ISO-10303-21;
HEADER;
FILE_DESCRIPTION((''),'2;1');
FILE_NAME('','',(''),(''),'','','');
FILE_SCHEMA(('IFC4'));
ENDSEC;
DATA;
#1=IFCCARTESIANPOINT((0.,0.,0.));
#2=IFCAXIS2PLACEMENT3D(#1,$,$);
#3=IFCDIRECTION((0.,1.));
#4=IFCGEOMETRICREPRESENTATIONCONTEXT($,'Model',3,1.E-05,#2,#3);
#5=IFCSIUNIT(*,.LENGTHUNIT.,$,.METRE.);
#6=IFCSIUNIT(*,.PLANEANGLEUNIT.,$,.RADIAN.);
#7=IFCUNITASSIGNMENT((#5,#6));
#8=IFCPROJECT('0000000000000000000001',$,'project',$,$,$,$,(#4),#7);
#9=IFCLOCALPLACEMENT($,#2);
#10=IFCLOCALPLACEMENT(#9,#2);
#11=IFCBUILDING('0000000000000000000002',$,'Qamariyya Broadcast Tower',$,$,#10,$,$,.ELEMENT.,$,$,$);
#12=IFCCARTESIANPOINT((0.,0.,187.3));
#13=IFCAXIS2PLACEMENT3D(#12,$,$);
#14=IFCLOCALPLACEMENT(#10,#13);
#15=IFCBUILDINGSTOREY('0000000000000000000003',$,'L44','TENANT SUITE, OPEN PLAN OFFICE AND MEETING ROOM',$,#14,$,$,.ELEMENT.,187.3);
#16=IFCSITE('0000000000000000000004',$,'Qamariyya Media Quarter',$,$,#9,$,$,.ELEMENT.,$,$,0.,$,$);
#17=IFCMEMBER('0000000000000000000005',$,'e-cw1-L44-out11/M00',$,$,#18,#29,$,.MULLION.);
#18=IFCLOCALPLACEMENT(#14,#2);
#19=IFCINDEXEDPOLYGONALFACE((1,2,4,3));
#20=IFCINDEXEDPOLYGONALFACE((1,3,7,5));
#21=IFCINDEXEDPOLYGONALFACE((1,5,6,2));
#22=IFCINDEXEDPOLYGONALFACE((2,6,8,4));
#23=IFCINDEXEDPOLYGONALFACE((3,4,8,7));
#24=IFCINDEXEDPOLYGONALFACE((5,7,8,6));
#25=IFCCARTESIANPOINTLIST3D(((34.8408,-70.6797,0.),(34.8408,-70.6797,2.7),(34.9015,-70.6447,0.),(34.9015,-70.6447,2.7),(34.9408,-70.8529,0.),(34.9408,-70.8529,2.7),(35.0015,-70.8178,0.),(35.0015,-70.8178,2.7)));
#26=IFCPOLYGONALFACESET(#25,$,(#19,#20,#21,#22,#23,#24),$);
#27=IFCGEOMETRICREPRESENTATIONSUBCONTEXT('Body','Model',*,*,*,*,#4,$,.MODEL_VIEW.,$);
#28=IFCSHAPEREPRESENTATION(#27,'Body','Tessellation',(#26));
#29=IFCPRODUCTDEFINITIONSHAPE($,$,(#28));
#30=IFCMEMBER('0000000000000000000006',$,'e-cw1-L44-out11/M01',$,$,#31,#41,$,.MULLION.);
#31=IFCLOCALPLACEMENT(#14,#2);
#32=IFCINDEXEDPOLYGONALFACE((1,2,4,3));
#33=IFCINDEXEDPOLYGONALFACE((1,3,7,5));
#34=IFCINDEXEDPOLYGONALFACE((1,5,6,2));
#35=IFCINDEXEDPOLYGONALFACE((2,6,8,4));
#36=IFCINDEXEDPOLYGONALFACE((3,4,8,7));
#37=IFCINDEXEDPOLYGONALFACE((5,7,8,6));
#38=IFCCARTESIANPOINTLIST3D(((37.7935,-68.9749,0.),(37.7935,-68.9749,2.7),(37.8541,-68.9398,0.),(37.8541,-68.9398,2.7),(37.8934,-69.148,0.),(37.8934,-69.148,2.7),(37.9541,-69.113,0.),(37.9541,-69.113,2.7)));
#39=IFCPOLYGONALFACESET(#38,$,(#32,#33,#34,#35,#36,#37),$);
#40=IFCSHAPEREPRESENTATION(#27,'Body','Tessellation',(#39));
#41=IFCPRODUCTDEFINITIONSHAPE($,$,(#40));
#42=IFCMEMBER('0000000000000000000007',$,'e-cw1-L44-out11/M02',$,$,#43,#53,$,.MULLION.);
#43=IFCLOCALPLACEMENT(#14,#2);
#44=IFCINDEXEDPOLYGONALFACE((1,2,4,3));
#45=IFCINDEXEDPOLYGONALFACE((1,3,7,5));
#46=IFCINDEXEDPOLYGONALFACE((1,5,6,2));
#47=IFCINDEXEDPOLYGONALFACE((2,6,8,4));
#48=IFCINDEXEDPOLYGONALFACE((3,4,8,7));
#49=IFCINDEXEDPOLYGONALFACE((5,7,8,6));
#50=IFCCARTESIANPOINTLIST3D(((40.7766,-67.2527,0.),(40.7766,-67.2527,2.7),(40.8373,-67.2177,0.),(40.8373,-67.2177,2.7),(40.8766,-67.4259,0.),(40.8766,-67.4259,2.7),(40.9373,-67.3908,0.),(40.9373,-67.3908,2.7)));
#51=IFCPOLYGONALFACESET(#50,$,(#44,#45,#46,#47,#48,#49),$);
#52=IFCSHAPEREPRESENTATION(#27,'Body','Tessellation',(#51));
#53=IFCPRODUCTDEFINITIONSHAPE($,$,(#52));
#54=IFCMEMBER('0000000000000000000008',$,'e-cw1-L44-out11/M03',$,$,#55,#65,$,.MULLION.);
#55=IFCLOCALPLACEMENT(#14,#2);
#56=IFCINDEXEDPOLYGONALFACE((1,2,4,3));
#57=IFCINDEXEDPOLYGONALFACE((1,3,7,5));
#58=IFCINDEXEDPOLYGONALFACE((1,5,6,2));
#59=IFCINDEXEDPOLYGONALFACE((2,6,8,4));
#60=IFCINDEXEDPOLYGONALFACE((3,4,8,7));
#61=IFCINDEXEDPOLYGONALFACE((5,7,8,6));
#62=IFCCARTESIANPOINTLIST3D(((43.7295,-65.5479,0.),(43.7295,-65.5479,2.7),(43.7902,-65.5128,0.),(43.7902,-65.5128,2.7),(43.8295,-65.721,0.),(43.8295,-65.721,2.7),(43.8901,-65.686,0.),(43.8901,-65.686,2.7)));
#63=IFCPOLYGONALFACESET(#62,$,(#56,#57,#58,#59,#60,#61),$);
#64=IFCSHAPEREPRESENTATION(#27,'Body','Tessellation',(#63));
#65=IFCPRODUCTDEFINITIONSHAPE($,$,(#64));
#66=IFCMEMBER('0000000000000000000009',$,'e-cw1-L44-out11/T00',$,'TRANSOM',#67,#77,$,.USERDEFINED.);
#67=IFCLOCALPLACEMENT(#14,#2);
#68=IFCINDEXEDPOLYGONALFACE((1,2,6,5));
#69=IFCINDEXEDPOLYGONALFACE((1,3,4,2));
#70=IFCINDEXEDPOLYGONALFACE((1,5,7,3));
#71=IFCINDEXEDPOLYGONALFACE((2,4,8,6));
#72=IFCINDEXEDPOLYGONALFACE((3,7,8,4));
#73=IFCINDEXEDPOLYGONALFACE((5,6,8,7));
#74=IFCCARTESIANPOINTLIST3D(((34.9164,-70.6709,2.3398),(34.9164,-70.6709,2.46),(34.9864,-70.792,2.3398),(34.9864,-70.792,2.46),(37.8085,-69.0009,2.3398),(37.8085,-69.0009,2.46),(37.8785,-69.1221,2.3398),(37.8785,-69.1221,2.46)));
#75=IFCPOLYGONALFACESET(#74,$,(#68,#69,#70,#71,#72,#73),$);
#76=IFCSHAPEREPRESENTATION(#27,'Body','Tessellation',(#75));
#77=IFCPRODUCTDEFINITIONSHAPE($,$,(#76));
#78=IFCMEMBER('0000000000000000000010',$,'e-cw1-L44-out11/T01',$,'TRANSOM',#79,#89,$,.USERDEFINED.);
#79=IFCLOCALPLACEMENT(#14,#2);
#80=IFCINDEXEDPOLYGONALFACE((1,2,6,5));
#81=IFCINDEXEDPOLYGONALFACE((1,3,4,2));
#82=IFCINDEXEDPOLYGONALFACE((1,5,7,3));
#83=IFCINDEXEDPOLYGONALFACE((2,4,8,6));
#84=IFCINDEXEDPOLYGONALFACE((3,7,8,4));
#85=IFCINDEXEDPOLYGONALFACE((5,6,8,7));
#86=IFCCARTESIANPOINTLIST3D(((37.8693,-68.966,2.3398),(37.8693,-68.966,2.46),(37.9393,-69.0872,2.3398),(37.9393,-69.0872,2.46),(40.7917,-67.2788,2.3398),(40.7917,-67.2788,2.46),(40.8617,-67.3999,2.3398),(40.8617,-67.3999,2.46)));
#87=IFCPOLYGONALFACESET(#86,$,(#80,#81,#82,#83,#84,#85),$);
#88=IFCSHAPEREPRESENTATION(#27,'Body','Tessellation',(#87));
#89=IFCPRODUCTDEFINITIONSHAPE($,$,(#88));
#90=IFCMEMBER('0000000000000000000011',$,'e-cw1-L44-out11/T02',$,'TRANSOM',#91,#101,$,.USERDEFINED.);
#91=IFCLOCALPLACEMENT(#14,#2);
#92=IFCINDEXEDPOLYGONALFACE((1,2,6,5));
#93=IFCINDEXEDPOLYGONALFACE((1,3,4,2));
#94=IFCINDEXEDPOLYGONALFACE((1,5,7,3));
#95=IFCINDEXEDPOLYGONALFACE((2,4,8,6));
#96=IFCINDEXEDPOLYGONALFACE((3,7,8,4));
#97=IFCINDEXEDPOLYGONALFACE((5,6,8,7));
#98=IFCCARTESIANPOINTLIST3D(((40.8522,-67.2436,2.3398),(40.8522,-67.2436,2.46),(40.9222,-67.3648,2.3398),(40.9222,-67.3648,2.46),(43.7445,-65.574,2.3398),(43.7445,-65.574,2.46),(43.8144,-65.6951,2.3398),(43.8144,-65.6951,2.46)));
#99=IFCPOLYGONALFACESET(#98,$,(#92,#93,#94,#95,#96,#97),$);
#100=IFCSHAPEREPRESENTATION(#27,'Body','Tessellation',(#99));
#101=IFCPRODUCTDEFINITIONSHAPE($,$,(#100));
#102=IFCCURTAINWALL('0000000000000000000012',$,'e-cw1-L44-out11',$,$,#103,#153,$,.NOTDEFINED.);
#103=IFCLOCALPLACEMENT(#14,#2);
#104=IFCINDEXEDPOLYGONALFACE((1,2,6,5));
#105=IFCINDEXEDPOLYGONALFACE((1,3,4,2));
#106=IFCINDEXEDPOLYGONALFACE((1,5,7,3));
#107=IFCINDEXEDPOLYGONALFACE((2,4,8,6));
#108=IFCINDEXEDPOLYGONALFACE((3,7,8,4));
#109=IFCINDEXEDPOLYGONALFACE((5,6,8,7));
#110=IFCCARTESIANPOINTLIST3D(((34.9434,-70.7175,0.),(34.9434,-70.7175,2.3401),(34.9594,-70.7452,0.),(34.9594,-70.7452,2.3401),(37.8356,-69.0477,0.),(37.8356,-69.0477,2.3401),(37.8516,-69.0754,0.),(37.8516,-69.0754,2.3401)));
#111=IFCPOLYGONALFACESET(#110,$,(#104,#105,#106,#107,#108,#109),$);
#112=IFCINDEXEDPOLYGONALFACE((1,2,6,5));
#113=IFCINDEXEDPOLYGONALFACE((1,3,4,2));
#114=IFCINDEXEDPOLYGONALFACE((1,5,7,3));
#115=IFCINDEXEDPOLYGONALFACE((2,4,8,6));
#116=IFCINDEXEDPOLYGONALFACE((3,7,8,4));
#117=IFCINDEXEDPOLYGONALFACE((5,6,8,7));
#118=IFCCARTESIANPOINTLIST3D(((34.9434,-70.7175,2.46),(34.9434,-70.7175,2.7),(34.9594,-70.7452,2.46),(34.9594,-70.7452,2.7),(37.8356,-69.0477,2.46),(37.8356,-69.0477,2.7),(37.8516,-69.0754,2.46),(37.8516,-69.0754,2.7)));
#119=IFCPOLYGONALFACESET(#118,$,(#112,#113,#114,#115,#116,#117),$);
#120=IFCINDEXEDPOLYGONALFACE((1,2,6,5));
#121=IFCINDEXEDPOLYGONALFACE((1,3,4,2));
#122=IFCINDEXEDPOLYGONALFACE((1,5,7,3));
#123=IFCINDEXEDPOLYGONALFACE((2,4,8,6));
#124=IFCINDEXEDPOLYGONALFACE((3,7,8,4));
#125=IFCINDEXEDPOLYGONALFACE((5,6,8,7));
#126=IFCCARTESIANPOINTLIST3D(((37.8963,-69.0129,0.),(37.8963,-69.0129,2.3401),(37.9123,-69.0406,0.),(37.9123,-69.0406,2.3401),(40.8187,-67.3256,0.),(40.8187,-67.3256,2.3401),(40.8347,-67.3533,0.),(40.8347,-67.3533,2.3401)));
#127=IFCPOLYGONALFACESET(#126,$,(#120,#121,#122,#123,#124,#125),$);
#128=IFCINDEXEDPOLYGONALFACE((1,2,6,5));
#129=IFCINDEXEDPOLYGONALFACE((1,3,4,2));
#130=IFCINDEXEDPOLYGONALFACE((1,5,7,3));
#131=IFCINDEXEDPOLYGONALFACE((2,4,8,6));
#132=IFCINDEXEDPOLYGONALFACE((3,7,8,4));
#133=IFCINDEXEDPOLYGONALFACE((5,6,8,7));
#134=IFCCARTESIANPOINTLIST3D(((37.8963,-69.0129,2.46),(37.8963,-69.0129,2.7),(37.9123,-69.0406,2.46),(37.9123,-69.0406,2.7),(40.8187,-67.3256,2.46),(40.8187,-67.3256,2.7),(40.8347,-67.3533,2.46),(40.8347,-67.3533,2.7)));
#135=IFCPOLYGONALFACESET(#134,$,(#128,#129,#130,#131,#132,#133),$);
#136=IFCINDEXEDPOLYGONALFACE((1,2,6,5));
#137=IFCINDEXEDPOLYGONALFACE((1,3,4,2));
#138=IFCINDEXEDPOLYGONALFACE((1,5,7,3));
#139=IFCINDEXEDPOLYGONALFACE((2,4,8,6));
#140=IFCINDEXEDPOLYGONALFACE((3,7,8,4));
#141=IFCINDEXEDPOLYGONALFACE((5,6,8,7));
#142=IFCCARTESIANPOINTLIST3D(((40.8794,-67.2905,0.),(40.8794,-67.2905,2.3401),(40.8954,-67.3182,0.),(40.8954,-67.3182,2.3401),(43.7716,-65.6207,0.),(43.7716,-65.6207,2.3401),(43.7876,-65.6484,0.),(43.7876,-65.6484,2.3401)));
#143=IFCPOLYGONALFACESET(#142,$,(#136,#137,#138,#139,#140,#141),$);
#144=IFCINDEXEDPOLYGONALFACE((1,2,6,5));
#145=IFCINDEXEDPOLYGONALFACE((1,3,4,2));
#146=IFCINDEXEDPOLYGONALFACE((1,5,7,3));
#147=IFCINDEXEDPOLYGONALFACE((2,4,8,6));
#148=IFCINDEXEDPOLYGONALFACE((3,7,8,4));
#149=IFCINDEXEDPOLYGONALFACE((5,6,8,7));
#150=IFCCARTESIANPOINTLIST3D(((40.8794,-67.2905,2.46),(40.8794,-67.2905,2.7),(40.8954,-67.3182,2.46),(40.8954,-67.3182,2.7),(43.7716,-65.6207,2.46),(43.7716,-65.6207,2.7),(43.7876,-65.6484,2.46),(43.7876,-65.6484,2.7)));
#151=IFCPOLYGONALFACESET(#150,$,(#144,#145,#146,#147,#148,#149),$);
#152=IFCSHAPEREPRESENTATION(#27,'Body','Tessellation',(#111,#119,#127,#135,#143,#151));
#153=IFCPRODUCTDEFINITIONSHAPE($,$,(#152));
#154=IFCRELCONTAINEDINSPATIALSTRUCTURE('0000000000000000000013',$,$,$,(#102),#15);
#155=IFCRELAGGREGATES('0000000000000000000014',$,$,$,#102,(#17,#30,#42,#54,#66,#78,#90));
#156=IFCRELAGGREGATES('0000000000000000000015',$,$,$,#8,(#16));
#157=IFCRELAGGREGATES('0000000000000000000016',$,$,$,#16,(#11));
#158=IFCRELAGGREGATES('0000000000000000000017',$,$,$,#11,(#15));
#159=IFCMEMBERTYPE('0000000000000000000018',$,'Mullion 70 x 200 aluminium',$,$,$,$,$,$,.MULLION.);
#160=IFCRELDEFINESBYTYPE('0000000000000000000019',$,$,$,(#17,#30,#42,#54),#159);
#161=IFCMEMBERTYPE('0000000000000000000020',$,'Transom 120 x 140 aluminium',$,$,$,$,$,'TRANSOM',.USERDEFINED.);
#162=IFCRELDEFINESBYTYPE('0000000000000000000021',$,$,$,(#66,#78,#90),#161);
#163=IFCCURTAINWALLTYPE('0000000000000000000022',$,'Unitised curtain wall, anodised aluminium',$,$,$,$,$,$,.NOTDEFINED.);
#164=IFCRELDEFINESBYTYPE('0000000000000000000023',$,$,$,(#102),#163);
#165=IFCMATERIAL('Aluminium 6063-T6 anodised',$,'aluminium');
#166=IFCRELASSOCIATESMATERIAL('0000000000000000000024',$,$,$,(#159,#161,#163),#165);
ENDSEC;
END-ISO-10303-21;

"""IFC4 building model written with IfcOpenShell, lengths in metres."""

from ifc_helpers import new_model, si_unit, direction, frame, origin, origin_2d, place, context, subcontext, project, spatial, rectangle, extrude, material, material_profile, profile_set, type_object, element, aggregate, save


model = new_model("IFC4")

# Units and contexts
model_context = context("Model", 3, precision=1e-05, world=origin(), true_north=direction((0.0, 1.0)))
body_context = subcontext(model_context, "Body", "Model", "MODEL_VIEW")
ifc_project = project(units=[si_unit("LENGTHUNIT", "METRE"), si_unit("PLANEANGLEUNIT", "RADIAN")], contexts=[model_context])

# Members
ifc_material = material(Name="Aluminium 6063-T6 anodised", Category="aluminium")
ifc_material_profile_1 = material_profile(ifc_material, rectangle(XDim=0.2, YDim=0.0701, at=origin_2d()))
ifc_profile_set_1 = profile_set([ifc_material_profile_1], Name="Aluminium 6063-T6 anodised")
member_type_1 = type_object("IfcMemberType", Name="Mullion 70 x 200 aluminium", PredefinedType="MULLION", material=ifc_profile_set_1)
site_placement = place(None, origin())
building_placement = place(site_placement, origin())
storey_placement = place(building_placement, frame((0.0, 0.0, 187.3)))
member_1_placement = place(storey_placement, frame((34.9211, -70.7488, 0.0), z_axis=(0.0, 0.0, 1.0), x_axis=(-0.5, 0.866025, 0.0)))
member_1 = element("IfcMember", 1, at=member_1_placement, type_object=member_type_1, Name="e-cw1-L44-out11/M00", PredefinedType="MULLION", context=body_context, shape_type="SweptSolid", body=[
    extrude(rectangle(XDim=0.2, YDim=0.0701, at=origin_2d()), origin(), (0.0, 0.0, 1.0), 2.7),
])
member_2_placement = place(storey_placement, frame((37.8738, -69.0439, 0.0), z_axis=(0.0, 0.0, 1.0), x_axis=(-0.5, 0.866025, 0.0)))
member_2 = element("IfcMember", 2, at=member_2_placement, type_object=member_type_1, Name="e-cw1-L44-out11/M01", PredefinedType="MULLION", context=body_context, shape_type="SweptSolid", body=[
    extrude(rectangle(XDim=0.2, YDim=0.0701, at=origin_2d()), origin(), (0.0, 0.0, 1.0), 2.7),
])
member_3_placement = place(storey_placement, frame((40.8569, -67.3218, 0.0), z_axis=(0.0, 0.0, 1.0), x_axis=(-0.5, 0.866025, 0.0)))
member_3 = element("IfcMember", 3, at=member_3_placement, type_object=member_type_1, Name="e-cw1-L44-out11/M02", PredefinedType="MULLION", context=body_context, shape_type="SweptSolid", body=[
    extrude(rectangle(XDim=0.2, YDim=0.0701, at=origin_2d()), origin(), (0.0, 0.0, 1.0), 2.7),
])
member_4_placement = place(storey_placement, frame((43.8098, -65.6169, 0.0), z_axis=(0.0, 0.0, 1.0), x_axis=(-0.5, 0.866025, 0.0)))
member_4 = element("IfcMember", 4, at=member_4_placement, type_object=member_type_1, Name="e-cw1-L44-out11/M03", PredefinedType="MULLION", context=body_context, shape_type="SweptSolid", body=[
    extrude(rectangle(XDim=0.2, YDim=0.0701, at=origin_2d()), origin(), (0.0, 0.0, 1.0), 2.7),
])
ifc_material_profile_2 = material_profile(ifc_material, rectangle(XDim=0.1399, YDim=0.1201, at=origin_2d()))
ifc_profile_set_2 = profile_set([ifc_material_profile_2], Name="Aluminium 6063-T6 anodised")
member_type_2 = type_object("IfcMemberType", Name="Transom 120 x 140 aluminium", ElementType="TRANSOM", PredefinedType="USERDEFINED", material=ifc_profile_set_2)
member_5_placement = place(storey_placement, frame((34.9514, -70.7314, 2.3999), z_axis=(0.866003, 0.500039, 0.0), x_axis=(-0.500039, 0.866003, 0.0)))
member_5 = element("IfcMember", 5, at=member_5_placement, type_object=member_type_2, Name="e-cw1-L44-out11/T00", ObjectType="TRANSOM", PredefinedType="USERDEFINED", context=body_context, shape_type="SweptSolid", body=[
    extrude(rectangle(XDim=0.1399, YDim=0.1201, at=origin_2d()), origin(), (0.0, 0.0, 1.0), 3.3396),
])
member_6_placement = place(storey_placement, frame((37.9043, -69.0266, 2.3999), z_axis=(0.866022, 0.500006, 0.0), x_axis=(-0.500006, 0.866022, 0.0)))
member_6 = element("IfcMember", 6, at=member_6_placement, type_object=member_type_2, Name="e-cw1-L44-out11/T01", ObjectType="TRANSOM", PredefinedType="USERDEFINED", context=body_context, shape_type="SweptSolid", body=[
    extrude(rectangle(XDim=0.1399, YDim=0.1201, at=origin_2d()), origin(), (0.0, 0.0, 1.0), 3.3745),
])
member_7_placement = place(storey_placement, frame((40.8872, -67.3042, 2.3999), z_axis=(0.866053, 0.499952, 0.0), x_axis=(-0.499952, 0.866053, 0.0)))
member_7 = element("IfcMember", 7, at=member_7_placement, type_object=member_type_2, Name="e-cw1-L44-out11/T02", ObjectType="TRANSOM", PredefinedType="USERDEFINED", context=body_context, shape_type="SweptSolid", body=[
    extrude(rectangle(XDim=0.1399, YDim=0.1201, at=origin_2d()), origin(), (0.0, 0.0, 1.0), 3.3396),
])

# Site, building, storey
site = spatial("IfcSite", under=ifc_project, at=site_placement, Name="Qamariyya Media Quarter", CompositionType="ELEMENT", RefElevation=0.0)
building = spatial("IfcBuilding", under=site, at=building_placement, Name="Qamariyya Broadcast Tower", CompositionType="ELEMENT")
storey = spatial("IfcBuildingStorey", under=building, at=storey_placement, Name="L44", Description="TENANT SUITE, OPEN PLAN OFFICE AND MEETING ROOM", CompositionType="ELEMENT", Elevation=187.3)

# Curtain wall
curtain_wall_type = type_object("IfcCurtainWallType", Name="Unitised curtain wall, anodised aluminium", PredefinedType="NOTDEFINED", material=ifc_material)
curtain_wall_1_placement = place(storey_placement, origin())
curtain_wall_1 = element("IfcCurtainWall", 8, at=curtain_wall_1_placement, inside=storey, type_object=curtain_wall_type, Name="e-cw1-L44-out11", PredefinedType="NOTDEFINED", context=body_context, shape_type="SweptSolid", body=[
    extrude(rectangle(XDim=3.3396, YDim=0.032, at=origin_2d()), frame((36.3975, -69.8965, 0.0), x_axis=(0.866029, 0.499994, 0.0)), (0.0, 0.0, 1.0), 2.3401),
    extrude(rectangle(XDim=3.3396, YDim=0.032, at=origin_2d()), frame((36.3975, -69.8965, 2.46), x_axis=(0.866029, 0.499994, 0.0)), (0.0, 0.0, 1.0), 0.24),
    extrude(rectangle(XDim=3.3745, YDim=0.032, at=origin_2d()), frame((39.3655, -68.1831, 0.0), x_axis=(0.866029, 0.499994, 0.0)), (0.0, 0.0, 1.0), 2.3401),
    extrude(rectangle(XDim=3.3745, YDim=0.032, at=origin_2d()), frame((39.3655, -68.1831, 2.46), x_axis=(0.866029, 0.499994, 0.0)), (0.0, 0.0, 1.0), 0.24),
    extrude(rectangle(XDim=3.3396, YDim=0.032, at=origin_2d()), frame((42.3335, -66.4695, 0.0), x_axis=(0.866029, 0.499994, 0.0)), (0.0, 0.0, 1.0), 2.3401),
    extrude(rectangle(XDim=3.3396, YDim=0.032, at=origin_2d()), frame((42.3335, -66.4695, 2.46), x_axis=(0.866029, 0.499994, 0.0)), (0.0, 0.0, 1.0), 0.24),
])
aggregate(curtain_wall_1, [member_1, member_2, member_3, member_4, member_5, member_6, member_7])

save(model, "model.ifc")
